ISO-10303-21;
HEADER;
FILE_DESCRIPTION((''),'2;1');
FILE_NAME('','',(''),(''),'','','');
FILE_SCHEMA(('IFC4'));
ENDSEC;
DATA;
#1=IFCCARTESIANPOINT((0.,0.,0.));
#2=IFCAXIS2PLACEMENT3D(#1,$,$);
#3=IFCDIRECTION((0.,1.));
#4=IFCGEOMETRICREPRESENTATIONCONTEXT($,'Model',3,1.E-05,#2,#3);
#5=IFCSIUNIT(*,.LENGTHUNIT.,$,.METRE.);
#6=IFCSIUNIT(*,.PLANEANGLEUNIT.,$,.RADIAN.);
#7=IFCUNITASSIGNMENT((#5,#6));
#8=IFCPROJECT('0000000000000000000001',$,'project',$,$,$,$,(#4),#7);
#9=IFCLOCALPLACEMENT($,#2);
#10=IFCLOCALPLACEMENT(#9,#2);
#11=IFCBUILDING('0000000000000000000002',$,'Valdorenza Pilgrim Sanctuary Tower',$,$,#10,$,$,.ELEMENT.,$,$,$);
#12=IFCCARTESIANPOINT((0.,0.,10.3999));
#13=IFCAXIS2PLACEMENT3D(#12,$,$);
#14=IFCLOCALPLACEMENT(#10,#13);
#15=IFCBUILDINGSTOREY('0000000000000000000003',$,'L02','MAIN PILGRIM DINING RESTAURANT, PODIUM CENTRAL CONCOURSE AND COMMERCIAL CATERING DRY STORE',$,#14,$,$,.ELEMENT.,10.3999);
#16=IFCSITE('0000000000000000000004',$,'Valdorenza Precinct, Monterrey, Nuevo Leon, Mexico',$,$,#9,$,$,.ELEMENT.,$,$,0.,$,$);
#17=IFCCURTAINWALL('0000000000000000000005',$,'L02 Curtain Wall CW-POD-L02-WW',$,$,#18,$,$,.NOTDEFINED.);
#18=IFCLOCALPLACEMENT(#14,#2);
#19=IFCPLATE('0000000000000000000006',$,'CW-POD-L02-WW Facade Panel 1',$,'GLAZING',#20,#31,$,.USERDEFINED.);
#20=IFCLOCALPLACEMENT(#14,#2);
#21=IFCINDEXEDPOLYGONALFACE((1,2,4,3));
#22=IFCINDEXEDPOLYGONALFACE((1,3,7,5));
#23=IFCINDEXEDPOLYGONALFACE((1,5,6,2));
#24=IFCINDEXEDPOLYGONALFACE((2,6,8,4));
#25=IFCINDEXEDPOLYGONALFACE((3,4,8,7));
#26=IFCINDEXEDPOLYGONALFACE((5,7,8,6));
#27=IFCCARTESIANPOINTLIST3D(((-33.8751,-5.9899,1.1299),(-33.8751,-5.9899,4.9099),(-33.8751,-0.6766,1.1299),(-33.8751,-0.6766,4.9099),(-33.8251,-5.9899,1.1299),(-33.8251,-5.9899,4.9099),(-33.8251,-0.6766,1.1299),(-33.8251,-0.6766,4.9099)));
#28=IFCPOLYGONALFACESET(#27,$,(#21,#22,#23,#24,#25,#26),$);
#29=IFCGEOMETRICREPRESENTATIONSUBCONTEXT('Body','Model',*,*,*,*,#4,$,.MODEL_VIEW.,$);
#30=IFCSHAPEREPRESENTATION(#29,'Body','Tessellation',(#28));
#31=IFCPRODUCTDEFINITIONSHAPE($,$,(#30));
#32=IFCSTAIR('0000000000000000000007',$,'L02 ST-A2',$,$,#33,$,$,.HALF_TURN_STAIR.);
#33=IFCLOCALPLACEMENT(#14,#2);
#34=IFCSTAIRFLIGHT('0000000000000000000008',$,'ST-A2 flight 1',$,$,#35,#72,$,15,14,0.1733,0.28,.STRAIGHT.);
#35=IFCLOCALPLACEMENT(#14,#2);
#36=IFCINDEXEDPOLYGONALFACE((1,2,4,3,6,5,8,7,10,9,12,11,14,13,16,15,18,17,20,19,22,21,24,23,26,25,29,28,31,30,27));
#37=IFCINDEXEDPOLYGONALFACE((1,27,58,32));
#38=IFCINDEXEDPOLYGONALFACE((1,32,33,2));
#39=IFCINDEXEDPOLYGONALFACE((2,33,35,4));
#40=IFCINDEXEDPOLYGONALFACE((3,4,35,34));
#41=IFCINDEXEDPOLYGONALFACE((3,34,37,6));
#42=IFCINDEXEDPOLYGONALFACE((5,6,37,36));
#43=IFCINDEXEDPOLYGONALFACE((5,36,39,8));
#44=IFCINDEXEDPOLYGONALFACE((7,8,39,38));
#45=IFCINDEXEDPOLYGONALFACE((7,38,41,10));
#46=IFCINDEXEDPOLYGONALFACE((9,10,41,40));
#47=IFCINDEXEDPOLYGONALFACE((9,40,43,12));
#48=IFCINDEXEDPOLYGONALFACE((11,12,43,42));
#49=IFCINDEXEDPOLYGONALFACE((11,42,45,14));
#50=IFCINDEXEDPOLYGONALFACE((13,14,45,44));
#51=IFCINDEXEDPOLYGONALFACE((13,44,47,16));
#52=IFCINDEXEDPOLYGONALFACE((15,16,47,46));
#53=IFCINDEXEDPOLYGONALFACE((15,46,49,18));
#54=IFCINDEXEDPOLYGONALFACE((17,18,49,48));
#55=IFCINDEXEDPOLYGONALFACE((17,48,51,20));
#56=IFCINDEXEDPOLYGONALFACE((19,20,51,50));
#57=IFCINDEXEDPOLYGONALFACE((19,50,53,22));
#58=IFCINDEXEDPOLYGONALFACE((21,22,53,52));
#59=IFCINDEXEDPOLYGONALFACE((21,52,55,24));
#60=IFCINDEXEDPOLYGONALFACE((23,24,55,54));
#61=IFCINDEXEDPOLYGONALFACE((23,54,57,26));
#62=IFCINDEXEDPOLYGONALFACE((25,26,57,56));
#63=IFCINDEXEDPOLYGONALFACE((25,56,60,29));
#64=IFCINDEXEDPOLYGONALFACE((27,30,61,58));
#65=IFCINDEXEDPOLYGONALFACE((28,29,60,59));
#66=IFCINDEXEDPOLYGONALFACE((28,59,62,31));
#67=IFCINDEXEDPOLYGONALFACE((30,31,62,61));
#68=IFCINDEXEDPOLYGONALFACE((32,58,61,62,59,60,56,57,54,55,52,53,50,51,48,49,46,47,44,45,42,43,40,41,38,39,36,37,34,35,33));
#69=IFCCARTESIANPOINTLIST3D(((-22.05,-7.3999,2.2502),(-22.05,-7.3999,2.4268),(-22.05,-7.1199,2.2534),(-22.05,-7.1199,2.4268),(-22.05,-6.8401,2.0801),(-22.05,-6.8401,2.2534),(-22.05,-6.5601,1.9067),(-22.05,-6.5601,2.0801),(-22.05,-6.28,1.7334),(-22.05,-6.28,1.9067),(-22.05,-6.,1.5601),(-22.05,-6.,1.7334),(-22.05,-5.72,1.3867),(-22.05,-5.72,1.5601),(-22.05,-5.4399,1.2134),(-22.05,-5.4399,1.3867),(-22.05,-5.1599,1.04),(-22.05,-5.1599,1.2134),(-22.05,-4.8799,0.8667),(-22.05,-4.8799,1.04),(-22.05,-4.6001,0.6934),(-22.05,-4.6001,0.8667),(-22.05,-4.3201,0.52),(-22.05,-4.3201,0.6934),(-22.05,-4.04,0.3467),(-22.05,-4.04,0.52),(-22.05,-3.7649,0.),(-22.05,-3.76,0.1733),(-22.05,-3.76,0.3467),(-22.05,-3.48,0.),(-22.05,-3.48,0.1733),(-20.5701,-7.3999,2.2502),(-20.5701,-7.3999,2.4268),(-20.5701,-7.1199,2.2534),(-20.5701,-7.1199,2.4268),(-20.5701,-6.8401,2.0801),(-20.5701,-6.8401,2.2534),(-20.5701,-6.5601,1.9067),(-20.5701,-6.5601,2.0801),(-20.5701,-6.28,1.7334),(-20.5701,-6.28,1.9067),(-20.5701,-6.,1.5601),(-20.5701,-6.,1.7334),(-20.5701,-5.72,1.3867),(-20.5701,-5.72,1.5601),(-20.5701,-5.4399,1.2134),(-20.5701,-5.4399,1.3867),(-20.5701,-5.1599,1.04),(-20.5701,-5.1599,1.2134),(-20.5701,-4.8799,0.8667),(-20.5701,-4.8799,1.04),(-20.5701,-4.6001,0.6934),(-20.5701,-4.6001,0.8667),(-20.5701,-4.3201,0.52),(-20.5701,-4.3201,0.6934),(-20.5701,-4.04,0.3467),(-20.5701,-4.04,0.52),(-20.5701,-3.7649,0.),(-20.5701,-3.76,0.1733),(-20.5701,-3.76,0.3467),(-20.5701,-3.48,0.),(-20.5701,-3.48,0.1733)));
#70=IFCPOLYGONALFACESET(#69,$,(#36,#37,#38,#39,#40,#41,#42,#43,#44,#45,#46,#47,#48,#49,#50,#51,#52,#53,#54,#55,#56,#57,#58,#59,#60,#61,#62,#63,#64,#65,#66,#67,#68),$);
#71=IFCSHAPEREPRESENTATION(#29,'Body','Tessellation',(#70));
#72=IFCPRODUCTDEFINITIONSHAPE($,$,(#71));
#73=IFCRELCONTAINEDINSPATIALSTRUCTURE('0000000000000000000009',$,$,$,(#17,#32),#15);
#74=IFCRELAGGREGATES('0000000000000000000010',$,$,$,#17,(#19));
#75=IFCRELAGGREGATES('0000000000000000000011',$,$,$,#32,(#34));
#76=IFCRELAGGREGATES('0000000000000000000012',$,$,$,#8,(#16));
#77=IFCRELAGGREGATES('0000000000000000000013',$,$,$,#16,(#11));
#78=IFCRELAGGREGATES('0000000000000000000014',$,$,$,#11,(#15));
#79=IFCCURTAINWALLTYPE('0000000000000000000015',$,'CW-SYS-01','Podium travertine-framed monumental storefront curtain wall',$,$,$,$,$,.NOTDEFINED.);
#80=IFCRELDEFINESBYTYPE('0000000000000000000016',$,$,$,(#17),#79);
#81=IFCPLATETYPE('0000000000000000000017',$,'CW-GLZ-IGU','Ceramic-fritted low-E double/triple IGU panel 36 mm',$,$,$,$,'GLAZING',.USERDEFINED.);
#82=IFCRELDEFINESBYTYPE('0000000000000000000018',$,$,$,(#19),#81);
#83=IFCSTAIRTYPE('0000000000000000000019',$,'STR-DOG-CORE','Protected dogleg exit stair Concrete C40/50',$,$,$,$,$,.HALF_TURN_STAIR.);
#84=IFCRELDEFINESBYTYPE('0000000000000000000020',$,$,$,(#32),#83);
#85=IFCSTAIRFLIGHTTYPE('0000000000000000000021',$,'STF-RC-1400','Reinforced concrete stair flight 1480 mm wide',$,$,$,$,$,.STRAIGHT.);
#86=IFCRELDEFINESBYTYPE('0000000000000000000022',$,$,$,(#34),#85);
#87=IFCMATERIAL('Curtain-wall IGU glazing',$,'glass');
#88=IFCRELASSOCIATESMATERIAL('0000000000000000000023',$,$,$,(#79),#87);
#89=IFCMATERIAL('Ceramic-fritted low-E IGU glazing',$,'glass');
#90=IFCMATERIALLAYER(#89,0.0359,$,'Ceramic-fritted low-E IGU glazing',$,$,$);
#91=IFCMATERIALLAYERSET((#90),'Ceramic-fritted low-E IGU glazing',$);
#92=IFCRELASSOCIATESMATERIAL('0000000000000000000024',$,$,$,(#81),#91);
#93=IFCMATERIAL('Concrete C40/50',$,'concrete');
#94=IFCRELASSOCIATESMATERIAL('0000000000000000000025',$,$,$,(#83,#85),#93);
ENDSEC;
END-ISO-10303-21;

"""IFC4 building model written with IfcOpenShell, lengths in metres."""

from ifc_helpers import new_model, si_unit, direction, frame, origin, origin_2d, place, context, subcontext, project, spatial, polyline, rectangle, outline, extrude, source, transform, mapped, material, layer, layer_set, type_object, element, aggregate, save


model = new_model("IFC4")

# Units and contexts
model_context = context("Model", 3, precision=1e-05, world=origin(), true_north=direction((0.0, 1.0)))
body_context = subcontext(model_context, "Body", "Model", "MODEL_VIEW")
ifc_project = project(units=[si_unit("LENGTHUNIT", "METRE"), si_unit("PLANEANGLEUNIT", "RADIAN")], contexts=[model_context])

# Site, building, storey
site_placement = place(None, origin())
site = spatial("IfcSite", under=ifc_project, at=site_placement, Name="Valdorenza Precinct, Monterrey, Nuevo Leon, Mexico", CompositionType="ELEMENT", RefElevation=0.0)
building_placement = place(site_placement, origin())
building = spatial("IfcBuilding", under=site, at=building_placement, Name="Valdorenza Pilgrim Sanctuary Tower", CompositionType="ELEMENT")
storey_placement = place(building_placement, frame((0.0, 0.0, 10.3999)))
storey = spatial("IfcBuildingStorey", under=building, at=storey_placement, Name="L02", Description="MAIN PILGRIM DINING RESTAURANT, PODIUM CENTRAL CONCOURSE AND COMMERCIAL CATERING DRY STORE", CompositionType="ELEMENT", Elevation=10.3999)

# Curtain wall, plate
ifc_material_1 = material(Name="Curtain-wall IGU glazing", Category="glass")
curtain_wall_type = type_object("IfcCurtainWallType", Name="CW-SYS-01", Description="Podium travertine-framed monumental storefront curtain wall", PredefinedType="NOTDEFINED", material=ifc_material_1)
curtain_wall_placement = place(storey_placement, origin())
curtain_wall = element("IfcCurtainWall", 1, at=curtain_wall_placement, inside=storey, type_object=curtain_wall_type, Name="L02 Curtain Wall CW-POD-L02-WW", PredefinedType="NOTDEFINED")
ifc_material_2 = material(Name="Ceramic-fritted low-E IGU glazing", Category="glass")
ifc_layer_1 = layer(ifc_material_2, 0.0359, Name="Ceramic-fritted low-E IGU glazing")
ifc_layer_set_1 = layer_set([ifc_layer_1], Name="Ceramic-fritted low-E IGU glazing")
plate_type_1 = type_object("IfcPlateType", Name="CW-GLZ-IGU", Description="Ceramic-fritted low-E double/triple IGU panel 36 mm", ElementType="GLAZING", PredefinedType="USERDEFINED", material=ifc_layer_set_1)
shared_shape_1 = source(origin(), body_context, "Body", "SweptSolid", [
    extrude(rectangle(XDim=5.3132, YDim=0.05, at=origin_2d()), origin(), (0.0, 0.0, 1.0), 3.78),
])
plate_1_placement = place(storey_placement, frame((-33.8501, -3.3333, 1.1299), z_axis=(0.0, 0.0, 1.0), x_axis=(0.0, 1.0, 0.0)))
plate_1 = element("IfcPlate", 2, at=plate_1_placement, type_object=plate_type_1, Name="CW-POD-L02-WW Facade Panel 1", ObjectType="GLAZING", PredefinedType="USERDEFINED", context=body_context, shape_type="MappedRepresentation", body=[
    mapped(shared_shape_1, transform((0.0, 0.0, 0.0), x_axis=(1.0, 0.0, 0.0), y_axis=(0.0, 1.0, 0.0), z_axis=(0.0, 0.0, 1.0), scale=1.0)),
])
aggregate(curtain_wall, [plate_1])

# Stair, stair flight
ifc_material_3 = material(Name="Concrete C40/50", Category="concrete")
stair_type = type_object("IfcStairType", Name="STR-DOG-CORE", Description="Protected dogleg exit stair Concrete C40/50", PredefinedType="HALF_TURN_STAIR", material=ifc_material_3)
stair_placement = place(storey_placement, origin())
stair = element("IfcStair", 3, at=stair_placement, inside=storey, type_object=stair_type, Name="L02 ST-A2", PredefinedType="HALF_TURN_STAIR")
stair_flight_type = type_object("IfcStairFlightType", Name="STF-RC-1400", Description="Reinforced concrete stair flight 1480 mm wide", PredefinedType="STRAIGHT", material=ifc_material_3)
stair_flight_placement = place(storey_placement, frame((-21.3101, -3.48, 0.0), z_axis=(0.0, 0.0, 1.0), x_axis=(0.0, -1.0, 0.0)))
stair_flight = element("IfcStairFlight", 4, at=stair_flight_placement, type_object=stair_flight_type, Name="ST-A2 flight 1", NumberOfRisers=15, NumberOfTreads=14, PredefinedType="STRAIGHT", RiserHeight=0.1733, TreadLength=0.28, context=body_context, shape_type="SweptSolid", body=[
    extrude(outline(polyline([(0.0, 0.0), (0.0, 0.1733), (0.28, 0.1733), (0.28, 0.3467), (0.5601, 0.3467), (0.5601, 0.52), (0.8401, 0.52), (0.8401, 0.6934), (1.1201, 0.6934), (1.1201, 0.8667), (1.3999, 0.8667), (1.3999, 1.04), (1.6799, 1.04), (1.6799, 1.2134), (1.96, 1.2134), (1.96, 1.3867), (2.24, 1.3867), (2.24, 1.5601), (2.52, 1.5601), (2.52, 1.7334), (2.8, 1.7334), (2.8, 1.9067), (3.0801, 1.9067), (3.0801, 2.0801), (3.3601, 2.0801), (3.3601, 2.2534), (3.6399, 2.2534), (3.6399, 2.4268), (3.9199, 2.4268), (3.9199, 2.6001), (3.9199, 2.2502), (0.2849, 0.0), (0.0, 0.0)])), frame((0.0, 0.74, 0.0), z_axis=(0.0, -1.0, 0.0), x_axis=(1.0, 0.0, 0.0)), (0.0, 0.0, 1.0), 1.48),
])
aggregate(stair, [stair_flight])

save(model, "model.ifc")
